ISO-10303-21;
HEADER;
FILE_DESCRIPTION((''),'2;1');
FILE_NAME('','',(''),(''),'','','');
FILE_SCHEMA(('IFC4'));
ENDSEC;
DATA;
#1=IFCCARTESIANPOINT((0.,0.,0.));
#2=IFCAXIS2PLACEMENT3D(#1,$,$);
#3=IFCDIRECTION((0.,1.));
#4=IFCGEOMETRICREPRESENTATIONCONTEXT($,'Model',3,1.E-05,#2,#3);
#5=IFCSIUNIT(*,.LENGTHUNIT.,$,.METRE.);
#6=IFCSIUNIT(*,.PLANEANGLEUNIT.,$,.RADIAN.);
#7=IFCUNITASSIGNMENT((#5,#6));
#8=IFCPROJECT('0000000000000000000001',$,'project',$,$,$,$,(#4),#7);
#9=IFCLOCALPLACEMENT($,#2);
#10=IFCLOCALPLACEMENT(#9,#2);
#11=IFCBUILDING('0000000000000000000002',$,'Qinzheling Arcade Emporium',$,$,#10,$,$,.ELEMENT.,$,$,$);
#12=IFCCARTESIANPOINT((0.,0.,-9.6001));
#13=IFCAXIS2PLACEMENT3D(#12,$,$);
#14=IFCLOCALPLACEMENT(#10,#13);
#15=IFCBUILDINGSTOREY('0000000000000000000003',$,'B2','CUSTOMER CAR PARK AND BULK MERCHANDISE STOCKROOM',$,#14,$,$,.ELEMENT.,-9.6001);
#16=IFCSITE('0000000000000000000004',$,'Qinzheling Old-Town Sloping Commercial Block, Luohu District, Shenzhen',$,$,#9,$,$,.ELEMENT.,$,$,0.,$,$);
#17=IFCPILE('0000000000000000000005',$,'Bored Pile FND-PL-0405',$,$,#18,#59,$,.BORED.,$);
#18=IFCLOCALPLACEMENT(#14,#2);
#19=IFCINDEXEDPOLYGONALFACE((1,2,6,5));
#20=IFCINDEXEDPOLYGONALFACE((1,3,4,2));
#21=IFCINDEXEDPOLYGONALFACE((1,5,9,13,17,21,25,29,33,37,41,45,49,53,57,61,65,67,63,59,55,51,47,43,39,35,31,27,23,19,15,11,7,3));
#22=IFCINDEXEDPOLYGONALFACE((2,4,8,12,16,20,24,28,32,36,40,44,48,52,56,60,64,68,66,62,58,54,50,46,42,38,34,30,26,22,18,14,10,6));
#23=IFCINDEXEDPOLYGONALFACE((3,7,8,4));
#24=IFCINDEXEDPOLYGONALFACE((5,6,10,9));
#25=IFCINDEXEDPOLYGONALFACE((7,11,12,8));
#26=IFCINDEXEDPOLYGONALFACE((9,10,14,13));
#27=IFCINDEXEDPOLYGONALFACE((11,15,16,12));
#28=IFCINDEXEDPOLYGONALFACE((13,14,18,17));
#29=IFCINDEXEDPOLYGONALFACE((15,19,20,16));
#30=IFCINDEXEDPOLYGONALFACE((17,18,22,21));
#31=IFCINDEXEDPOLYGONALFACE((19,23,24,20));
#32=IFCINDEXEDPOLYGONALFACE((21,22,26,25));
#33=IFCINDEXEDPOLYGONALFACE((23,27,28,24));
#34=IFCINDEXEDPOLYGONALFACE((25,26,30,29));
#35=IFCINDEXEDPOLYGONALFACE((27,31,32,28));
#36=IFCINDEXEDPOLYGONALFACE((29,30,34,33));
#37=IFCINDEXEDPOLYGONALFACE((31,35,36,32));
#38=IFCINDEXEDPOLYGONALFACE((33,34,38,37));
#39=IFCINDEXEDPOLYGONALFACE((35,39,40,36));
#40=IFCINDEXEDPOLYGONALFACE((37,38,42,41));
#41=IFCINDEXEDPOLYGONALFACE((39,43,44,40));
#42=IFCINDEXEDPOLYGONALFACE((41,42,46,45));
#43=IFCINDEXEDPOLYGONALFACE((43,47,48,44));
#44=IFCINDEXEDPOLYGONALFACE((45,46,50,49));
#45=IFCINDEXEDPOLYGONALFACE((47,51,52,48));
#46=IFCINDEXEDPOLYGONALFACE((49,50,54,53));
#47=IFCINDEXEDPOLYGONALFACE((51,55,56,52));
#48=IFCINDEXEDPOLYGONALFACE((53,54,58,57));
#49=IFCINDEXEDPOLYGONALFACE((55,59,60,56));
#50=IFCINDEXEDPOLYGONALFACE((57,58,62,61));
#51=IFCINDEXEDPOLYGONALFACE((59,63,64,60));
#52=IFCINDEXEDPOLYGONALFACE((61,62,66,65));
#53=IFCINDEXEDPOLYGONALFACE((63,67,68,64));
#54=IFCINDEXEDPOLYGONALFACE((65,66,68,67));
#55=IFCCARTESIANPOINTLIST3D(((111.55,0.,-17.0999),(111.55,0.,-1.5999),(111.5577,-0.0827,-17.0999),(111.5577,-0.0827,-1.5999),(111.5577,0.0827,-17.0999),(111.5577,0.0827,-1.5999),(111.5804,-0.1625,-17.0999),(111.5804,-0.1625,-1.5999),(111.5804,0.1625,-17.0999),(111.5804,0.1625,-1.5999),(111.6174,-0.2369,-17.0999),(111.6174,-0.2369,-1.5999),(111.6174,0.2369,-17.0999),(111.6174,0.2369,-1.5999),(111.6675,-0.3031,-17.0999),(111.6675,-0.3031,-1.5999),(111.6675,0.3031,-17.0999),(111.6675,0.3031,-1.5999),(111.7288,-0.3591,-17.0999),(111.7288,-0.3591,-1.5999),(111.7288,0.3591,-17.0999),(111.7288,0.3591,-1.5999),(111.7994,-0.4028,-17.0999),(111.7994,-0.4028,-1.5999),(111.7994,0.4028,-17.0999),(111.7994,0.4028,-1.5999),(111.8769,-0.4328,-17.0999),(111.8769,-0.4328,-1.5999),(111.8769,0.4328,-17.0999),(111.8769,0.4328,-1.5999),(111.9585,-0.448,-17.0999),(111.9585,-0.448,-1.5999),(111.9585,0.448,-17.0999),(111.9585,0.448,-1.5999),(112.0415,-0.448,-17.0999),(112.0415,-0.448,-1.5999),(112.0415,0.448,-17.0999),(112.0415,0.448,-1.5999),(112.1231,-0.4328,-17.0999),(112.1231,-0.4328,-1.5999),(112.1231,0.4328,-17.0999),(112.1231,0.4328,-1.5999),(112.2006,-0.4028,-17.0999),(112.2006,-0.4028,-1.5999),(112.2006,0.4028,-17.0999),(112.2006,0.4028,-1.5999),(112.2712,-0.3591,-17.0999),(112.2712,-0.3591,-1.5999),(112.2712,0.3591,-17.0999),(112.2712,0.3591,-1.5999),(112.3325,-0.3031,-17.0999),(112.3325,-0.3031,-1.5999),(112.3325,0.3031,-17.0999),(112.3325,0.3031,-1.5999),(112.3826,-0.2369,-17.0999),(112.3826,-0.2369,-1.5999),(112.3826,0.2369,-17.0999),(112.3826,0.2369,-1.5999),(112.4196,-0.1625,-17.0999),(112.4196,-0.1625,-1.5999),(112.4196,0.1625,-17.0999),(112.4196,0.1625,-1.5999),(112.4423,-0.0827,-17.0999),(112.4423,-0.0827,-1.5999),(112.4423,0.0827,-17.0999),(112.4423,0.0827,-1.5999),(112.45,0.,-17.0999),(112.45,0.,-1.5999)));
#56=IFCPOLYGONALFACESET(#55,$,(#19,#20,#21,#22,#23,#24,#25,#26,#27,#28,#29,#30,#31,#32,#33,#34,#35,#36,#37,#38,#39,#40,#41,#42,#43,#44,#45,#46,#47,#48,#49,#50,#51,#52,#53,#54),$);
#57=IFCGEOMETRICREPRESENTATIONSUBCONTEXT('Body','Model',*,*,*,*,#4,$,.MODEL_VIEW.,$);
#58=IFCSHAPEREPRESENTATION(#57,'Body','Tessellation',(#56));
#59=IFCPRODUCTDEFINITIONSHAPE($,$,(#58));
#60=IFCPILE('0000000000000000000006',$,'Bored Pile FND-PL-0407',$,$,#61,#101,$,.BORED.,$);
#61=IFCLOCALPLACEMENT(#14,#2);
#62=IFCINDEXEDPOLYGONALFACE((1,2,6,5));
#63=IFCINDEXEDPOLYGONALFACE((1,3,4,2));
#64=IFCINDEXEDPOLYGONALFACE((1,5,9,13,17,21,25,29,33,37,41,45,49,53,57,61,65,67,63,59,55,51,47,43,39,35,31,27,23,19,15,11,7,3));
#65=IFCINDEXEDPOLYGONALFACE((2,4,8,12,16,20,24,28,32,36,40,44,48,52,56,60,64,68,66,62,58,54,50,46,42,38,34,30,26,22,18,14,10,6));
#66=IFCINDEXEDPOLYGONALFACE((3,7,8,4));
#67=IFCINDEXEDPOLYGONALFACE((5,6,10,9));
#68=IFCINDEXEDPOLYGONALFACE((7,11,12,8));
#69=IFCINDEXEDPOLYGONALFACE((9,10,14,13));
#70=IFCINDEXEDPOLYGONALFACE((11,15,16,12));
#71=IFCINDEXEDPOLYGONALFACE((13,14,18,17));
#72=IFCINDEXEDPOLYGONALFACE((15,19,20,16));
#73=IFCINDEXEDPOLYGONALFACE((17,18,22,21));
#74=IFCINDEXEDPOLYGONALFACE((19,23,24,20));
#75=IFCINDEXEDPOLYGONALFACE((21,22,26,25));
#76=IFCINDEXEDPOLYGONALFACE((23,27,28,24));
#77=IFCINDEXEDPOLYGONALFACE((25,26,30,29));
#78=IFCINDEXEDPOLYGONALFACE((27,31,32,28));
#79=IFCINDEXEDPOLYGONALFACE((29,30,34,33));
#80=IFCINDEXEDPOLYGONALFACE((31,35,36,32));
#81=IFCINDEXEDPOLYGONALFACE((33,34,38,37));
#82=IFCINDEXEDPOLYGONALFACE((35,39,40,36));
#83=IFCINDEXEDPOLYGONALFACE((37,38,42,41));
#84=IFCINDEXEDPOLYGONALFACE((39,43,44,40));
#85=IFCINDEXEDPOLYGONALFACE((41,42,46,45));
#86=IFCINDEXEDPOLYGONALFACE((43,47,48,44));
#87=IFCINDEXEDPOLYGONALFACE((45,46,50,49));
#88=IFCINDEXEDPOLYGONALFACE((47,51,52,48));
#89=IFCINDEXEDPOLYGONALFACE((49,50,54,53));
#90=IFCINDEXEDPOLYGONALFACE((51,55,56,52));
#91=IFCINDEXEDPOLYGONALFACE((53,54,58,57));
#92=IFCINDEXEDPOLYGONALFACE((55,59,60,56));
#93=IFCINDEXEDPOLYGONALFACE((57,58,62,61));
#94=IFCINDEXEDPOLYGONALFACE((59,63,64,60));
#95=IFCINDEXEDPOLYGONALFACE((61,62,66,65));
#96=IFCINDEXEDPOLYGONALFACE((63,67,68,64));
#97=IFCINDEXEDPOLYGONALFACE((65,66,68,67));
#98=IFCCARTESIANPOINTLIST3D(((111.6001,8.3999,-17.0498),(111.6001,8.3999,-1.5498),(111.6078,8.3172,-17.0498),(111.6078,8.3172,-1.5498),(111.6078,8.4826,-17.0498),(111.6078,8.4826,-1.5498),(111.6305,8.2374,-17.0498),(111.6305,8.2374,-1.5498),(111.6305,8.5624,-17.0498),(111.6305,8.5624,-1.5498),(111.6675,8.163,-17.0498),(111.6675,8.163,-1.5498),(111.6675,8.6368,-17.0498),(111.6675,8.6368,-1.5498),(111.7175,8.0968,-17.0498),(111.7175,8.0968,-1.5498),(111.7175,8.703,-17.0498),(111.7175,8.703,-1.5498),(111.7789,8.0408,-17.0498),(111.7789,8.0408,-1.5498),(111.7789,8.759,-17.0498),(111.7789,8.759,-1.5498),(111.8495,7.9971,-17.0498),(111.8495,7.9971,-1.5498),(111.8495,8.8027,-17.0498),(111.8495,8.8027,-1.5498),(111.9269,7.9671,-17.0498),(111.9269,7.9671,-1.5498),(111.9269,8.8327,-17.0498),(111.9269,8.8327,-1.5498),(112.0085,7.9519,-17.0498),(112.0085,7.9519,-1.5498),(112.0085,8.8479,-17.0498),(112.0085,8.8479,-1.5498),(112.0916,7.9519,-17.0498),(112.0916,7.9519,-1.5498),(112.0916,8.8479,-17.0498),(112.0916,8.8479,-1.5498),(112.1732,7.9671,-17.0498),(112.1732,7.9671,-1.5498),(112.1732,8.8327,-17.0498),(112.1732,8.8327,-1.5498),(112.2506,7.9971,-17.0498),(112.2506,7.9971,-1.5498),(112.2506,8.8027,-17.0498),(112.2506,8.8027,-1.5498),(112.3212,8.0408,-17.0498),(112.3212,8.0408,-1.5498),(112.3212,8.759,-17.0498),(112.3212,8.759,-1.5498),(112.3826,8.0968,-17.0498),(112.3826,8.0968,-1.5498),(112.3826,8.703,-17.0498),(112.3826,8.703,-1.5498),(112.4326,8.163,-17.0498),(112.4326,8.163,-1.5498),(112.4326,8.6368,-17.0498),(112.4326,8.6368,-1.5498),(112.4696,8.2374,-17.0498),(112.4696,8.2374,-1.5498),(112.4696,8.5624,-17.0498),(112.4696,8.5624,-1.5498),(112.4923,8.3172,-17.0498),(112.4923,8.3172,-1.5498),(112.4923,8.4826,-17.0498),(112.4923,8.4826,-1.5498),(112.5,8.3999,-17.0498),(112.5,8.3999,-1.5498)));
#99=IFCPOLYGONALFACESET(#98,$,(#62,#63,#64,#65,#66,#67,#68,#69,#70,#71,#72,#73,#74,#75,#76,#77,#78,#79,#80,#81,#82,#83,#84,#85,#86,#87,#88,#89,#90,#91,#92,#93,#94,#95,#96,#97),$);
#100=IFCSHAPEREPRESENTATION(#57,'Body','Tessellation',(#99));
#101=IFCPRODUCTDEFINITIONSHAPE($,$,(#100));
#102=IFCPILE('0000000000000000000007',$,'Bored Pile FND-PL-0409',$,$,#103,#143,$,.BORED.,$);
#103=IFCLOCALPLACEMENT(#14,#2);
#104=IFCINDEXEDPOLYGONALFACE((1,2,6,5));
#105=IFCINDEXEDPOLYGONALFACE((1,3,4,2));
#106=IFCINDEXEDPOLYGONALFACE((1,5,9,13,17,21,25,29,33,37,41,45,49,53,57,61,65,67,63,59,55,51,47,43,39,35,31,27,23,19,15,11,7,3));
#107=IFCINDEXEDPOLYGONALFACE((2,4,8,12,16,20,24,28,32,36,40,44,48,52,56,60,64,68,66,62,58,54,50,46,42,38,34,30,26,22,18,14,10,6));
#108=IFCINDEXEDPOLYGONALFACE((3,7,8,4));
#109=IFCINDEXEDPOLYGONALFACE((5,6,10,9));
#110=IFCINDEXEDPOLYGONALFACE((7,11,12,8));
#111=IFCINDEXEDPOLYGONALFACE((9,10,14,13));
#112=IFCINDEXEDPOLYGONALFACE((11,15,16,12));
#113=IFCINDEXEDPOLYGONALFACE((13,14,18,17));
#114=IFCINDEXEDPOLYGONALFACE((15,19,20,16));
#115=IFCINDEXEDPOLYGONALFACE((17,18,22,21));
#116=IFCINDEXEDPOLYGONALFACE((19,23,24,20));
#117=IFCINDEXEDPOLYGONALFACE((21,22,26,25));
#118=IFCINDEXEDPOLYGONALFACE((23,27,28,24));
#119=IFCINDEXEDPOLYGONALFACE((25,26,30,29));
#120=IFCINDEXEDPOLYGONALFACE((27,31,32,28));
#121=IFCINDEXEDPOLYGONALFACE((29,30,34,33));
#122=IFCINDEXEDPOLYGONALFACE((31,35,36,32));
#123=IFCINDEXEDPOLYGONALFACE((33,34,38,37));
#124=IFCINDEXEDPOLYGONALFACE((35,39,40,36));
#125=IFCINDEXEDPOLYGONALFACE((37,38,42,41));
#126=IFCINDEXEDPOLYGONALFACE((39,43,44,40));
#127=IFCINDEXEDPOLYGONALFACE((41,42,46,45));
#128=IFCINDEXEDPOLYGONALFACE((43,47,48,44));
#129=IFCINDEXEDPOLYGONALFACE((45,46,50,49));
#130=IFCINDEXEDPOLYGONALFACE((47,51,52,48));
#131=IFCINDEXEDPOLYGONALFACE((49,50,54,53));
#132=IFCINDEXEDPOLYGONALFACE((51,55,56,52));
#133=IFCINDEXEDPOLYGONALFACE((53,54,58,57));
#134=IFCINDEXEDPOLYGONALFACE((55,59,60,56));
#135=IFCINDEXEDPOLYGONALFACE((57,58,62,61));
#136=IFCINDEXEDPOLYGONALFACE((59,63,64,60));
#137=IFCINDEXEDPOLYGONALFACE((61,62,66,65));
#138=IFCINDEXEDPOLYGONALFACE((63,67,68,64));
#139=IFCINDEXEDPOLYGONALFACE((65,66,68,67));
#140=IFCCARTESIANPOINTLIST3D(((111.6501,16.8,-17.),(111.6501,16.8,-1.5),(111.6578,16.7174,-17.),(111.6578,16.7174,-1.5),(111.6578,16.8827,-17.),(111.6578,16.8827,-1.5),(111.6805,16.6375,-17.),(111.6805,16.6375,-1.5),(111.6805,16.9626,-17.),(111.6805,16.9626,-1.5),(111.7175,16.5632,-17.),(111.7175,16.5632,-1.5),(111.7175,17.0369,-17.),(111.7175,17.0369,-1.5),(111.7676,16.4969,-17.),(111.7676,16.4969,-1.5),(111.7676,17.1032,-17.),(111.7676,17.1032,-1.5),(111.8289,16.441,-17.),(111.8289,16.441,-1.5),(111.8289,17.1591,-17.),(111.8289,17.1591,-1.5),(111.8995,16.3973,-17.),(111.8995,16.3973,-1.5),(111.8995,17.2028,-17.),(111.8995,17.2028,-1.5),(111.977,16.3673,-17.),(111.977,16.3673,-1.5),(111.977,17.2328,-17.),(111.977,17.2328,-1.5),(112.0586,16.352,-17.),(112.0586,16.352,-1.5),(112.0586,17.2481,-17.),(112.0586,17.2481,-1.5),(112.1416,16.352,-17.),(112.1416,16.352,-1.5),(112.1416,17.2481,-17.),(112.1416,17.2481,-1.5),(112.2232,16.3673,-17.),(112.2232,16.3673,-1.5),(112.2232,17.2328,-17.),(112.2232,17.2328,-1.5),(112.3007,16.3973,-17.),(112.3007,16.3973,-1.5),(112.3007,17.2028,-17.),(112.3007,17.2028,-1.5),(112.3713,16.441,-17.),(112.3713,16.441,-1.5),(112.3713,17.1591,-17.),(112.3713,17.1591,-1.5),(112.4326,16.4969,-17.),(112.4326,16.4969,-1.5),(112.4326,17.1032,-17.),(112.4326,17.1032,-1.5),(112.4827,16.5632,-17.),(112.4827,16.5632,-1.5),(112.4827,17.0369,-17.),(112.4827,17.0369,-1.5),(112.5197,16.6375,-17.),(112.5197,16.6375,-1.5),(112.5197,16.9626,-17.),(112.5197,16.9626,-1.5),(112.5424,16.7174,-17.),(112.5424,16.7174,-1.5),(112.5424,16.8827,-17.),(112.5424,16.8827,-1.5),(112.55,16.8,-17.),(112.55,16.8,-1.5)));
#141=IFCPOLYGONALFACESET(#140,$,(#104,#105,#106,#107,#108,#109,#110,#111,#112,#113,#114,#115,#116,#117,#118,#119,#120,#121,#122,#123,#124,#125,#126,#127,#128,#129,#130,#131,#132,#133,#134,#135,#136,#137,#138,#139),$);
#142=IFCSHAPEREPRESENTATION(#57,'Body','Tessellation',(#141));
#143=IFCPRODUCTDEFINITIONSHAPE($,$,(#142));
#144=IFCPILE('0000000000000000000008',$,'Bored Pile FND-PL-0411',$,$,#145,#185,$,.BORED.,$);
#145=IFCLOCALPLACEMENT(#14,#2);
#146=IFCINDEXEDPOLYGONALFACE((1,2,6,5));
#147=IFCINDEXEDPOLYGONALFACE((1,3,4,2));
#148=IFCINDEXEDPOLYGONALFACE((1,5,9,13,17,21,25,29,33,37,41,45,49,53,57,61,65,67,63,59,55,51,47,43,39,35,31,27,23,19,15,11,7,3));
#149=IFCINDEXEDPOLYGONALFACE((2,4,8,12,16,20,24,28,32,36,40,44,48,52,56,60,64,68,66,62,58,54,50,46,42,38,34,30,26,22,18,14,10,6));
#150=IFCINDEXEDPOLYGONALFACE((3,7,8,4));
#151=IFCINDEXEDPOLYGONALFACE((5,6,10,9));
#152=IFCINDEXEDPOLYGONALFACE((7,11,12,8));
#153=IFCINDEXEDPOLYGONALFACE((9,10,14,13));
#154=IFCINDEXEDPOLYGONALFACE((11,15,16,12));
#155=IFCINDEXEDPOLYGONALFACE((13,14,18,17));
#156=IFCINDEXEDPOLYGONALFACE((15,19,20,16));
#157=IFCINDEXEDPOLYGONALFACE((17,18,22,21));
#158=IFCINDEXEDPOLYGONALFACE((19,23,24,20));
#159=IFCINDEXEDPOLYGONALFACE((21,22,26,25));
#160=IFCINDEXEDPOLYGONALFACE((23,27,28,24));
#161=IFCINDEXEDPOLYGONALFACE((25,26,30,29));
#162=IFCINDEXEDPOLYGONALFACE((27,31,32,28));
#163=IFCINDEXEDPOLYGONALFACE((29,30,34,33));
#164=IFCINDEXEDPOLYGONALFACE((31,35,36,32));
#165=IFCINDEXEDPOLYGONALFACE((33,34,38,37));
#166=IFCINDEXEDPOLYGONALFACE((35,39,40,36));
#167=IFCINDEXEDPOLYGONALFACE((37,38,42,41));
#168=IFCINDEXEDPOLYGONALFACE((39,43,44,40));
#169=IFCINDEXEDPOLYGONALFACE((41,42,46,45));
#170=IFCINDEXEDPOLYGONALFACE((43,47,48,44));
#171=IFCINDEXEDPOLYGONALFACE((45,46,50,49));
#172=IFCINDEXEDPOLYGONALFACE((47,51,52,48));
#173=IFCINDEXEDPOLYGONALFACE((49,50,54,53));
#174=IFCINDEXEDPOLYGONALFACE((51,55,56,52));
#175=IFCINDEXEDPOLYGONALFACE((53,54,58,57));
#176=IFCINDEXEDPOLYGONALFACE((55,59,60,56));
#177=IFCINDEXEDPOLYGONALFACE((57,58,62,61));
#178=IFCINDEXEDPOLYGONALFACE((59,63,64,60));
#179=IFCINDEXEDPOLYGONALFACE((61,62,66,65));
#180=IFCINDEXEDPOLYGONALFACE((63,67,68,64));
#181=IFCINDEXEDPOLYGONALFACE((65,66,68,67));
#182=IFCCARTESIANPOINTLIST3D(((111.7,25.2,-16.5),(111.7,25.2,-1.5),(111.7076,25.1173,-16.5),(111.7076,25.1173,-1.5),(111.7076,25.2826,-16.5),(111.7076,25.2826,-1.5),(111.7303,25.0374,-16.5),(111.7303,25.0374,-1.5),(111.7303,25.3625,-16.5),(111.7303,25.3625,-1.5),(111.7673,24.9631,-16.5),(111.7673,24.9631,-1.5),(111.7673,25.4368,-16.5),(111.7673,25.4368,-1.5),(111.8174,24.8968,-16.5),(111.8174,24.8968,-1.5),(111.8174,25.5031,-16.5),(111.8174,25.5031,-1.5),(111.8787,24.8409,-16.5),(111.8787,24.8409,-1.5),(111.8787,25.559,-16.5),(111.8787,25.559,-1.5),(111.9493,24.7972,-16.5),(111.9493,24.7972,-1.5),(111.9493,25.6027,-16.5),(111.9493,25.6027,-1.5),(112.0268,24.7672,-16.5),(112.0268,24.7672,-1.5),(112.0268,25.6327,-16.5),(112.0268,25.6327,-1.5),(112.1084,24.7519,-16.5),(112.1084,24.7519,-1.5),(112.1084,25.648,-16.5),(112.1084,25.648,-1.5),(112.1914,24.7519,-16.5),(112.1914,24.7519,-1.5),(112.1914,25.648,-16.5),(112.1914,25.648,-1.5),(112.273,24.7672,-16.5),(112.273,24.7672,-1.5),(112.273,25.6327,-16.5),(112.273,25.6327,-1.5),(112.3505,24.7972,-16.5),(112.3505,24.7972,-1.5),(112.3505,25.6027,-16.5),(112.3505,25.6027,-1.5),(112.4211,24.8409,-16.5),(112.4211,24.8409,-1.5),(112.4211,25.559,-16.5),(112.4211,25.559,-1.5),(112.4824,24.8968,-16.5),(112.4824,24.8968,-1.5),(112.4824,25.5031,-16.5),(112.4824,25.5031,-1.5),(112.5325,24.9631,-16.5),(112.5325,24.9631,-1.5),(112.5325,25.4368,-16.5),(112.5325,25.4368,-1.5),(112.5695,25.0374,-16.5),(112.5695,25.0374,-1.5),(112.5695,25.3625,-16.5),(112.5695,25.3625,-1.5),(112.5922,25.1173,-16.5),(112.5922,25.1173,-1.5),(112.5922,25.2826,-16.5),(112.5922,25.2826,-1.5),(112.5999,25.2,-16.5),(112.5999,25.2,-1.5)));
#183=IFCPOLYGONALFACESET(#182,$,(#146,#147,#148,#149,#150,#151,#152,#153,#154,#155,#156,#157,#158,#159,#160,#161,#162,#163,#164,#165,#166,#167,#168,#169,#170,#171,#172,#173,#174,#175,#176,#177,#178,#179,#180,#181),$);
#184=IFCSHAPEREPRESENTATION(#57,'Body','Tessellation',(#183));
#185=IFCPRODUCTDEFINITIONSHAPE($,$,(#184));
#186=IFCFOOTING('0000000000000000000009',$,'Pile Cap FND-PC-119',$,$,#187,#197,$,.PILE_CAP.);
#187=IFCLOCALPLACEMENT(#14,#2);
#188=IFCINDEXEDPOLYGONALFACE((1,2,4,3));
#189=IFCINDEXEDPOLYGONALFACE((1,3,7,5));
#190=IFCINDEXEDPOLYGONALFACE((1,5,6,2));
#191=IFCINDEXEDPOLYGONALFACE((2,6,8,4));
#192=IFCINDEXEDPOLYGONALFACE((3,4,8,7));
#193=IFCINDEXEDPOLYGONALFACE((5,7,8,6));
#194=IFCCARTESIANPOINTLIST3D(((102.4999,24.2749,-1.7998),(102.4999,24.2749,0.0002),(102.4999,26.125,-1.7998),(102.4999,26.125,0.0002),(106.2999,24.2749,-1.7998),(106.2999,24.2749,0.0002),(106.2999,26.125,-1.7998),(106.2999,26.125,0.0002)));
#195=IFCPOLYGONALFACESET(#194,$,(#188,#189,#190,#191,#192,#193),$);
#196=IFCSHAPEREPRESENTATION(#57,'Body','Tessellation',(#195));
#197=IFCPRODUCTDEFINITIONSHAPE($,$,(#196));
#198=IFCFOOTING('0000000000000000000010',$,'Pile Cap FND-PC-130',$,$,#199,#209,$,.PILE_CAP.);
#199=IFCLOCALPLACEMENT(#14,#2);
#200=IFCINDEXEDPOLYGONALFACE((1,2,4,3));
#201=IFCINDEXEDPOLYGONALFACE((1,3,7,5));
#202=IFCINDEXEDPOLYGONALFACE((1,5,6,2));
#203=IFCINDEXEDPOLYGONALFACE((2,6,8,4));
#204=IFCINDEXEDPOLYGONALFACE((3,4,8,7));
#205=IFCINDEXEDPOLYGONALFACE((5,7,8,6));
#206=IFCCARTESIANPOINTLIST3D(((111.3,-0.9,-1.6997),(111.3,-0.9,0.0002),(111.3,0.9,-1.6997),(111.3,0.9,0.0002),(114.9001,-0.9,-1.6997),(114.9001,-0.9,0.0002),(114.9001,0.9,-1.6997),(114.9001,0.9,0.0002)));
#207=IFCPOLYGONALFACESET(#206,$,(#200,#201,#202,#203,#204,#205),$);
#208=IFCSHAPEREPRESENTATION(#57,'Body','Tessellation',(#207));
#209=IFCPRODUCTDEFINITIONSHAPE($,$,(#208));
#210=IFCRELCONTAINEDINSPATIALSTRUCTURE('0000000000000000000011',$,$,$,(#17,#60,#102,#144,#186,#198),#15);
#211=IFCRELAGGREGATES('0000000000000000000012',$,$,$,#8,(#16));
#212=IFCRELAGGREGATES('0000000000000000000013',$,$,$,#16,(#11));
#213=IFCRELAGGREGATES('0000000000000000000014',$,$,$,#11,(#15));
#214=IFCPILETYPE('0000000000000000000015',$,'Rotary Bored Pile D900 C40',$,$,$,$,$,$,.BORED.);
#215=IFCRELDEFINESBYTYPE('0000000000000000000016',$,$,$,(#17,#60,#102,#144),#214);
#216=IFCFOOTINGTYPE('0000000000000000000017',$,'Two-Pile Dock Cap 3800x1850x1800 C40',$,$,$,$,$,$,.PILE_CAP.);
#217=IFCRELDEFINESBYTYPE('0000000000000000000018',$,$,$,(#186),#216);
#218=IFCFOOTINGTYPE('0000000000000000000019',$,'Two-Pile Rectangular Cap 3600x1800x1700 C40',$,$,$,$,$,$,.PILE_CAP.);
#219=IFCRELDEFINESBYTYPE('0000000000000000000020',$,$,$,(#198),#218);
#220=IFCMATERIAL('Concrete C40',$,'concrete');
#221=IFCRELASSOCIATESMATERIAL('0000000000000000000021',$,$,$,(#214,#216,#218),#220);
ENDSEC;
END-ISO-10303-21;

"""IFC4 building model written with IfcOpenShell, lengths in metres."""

from ifc_helpers import new_model, si_unit, direction, frame, origin, origin_2d, place, context, subcontext, project, spatial, rectangle, circle, extrude, material, material_profile, profile_set, type_object, element, save


model = new_model("IFC4")

# Units and contexts
model_context = context("Model", 3, precision=1e-05, world=origin(), true_north=direction((0.0, 1.0)))
body_context = subcontext(model_context, "Body", "Model", "MODEL_VIEW")
ifc_project = project(units=[si_unit("LENGTHUNIT", "METRE"), si_unit("PLANEANGLEUNIT", "RADIAN")], contexts=[model_context])

# Site, building, storey
site_placement = place(None, origin())
site = spatial("IfcSite", under=ifc_project, at=site_placement, Name="Qinzheling Old-Town Sloping Commercial Block, Luohu District, Shenzhen", CompositionType="ELEMENT", RefElevation=0.0)
building_placement = place(site_placement, origin())
building = spatial("IfcBuilding", under=site, at=building_placement, Name="Qinzheling Arcade Emporium", CompositionType="ELEMENT")
storey_placement = place(building_placement, frame((0.0, 0.0, -9.6001)))
storey = spatial("IfcBuildingStorey", under=building, at=storey_placement, Name="B2", Description="CUSTOMER CAR PARK AND BULK MERCHANDISE STOCKROOM", CompositionType="ELEMENT", Elevation=-9.6001)

# Shared definitions
ifc_material_1 = material(Name="Concrete C40", Category="concrete")

# Piles
ifc_material_profile_1 = material_profile(ifc_material_1, circle(Radius=0.45, at=origin_2d()), Name="BORED D900", Category="concrete")
ifc_profile_set_1 = profile_set([ifc_material_profile_1], Name="Concrete C40")
pile_type_1 = type_object("IfcPileType", Name="Rotary Bored Pile D900 C40", PredefinedType="BORED", material=ifc_profile_set_1)
for number, where, z_axis, x_axis, name in (
    (1, (112.0, 0.0, -1.5999), (0.0, 0.0, -1.0), (1.0, 0.0, 0.0), "Bored Pile FND-PL-0405"),
    (2, (112.05, 8.3999, -1.5498), (0.0, 0.0, -1.0), (1.0, 0.0, 0.0), "Bored Pile FND-PL-0407"),
    (3, (112.1001, 16.8, -1.5), (0.0, 0.0, -1.0), (1.0, 0.0, 0.0), "Bored Pile FND-PL-0409"),
):
    element("IfcPile", number, at=place(storey_placement, frame(where, z_axis=z_axis, x_axis=x_axis)), inside=storey, type_object=pile_type_1, Name=name, PredefinedType="BORED", context=body_context, shape_type="SweptSolid", body=[
        extrude(circle(Radius=0.45, at=origin_2d()), origin(), (0.0, 0.0, 1.0), 15.5),
    ])
pile_1_placement = place(storey_placement, frame((112.1499, 25.2, -1.5), z_axis=(0.0, 0.0, -1.0), x_axis=(1.0, 0.0, 0.0)))
element("IfcPile", 4, at=pile_1_placement, inside=storey, type_object=pile_type_1, Name="Bored Pile FND-PL-0411", PredefinedType="BORED", context=body_context, shape_type="SweptSolid", body=[
    extrude(circle(Radius=0.45, at=origin_2d()), origin(), (0.0, 0.0, 1.0), 15.0),
])

# Footings
footing_type_1 = type_object("IfcFootingType", Name="Two-Pile Dock Cap 3800x1850x1800 C40", PredefinedType="PILE_CAP", material=ifc_material_1)
footing_1_placement = place(storey_placement, frame((104.3999, 25.2, -1.7998), z_axis=(0.0, 0.0, 1.0), x_axis=(1.0, 0.0, 0.0)))
element("IfcFooting", 5, at=footing_1_placement, inside=storey, type_object=footing_type_1, Name="Pile Cap FND-PC-119", PredefinedType="PILE_CAP", context=body_context, shape_type="SweptSolid", body=[
    extrude(rectangle(XDim=3.8, YDim=1.8501, at=origin_2d()), origin(), (0.0, 0.0, 1.0), 1.8),
])
footing_type_2 = type_object("IfcFootingType", Name="Two-Pile Rectangular Cap 3600x1800x1700 C40", PredefinedType="PILE_CAP", material=ifc_material_1)
footing_2_placement = place(storey_placement, frame((113.1001, 0.0, -1.6997), z_axis=(0.0, 0.0, 1.0), x_axis=(1.0, 0.0, 0.0)))
element("IfcFooting", 6, at=footing_2_placement, inside=storey, type_object=footing_type_2, Name="Pile Cap FND-PC-130", PredefinedType="PILE_CAP", context=body_context, shape_type="SweptSolid", body=[
    extrude(rectangle(XDim=3.6001, YDim=1.8, at=origin_2d()), origin(), (0.0, 0.0, 1.0), 1.7),
])

save(model, "model.ifc")
